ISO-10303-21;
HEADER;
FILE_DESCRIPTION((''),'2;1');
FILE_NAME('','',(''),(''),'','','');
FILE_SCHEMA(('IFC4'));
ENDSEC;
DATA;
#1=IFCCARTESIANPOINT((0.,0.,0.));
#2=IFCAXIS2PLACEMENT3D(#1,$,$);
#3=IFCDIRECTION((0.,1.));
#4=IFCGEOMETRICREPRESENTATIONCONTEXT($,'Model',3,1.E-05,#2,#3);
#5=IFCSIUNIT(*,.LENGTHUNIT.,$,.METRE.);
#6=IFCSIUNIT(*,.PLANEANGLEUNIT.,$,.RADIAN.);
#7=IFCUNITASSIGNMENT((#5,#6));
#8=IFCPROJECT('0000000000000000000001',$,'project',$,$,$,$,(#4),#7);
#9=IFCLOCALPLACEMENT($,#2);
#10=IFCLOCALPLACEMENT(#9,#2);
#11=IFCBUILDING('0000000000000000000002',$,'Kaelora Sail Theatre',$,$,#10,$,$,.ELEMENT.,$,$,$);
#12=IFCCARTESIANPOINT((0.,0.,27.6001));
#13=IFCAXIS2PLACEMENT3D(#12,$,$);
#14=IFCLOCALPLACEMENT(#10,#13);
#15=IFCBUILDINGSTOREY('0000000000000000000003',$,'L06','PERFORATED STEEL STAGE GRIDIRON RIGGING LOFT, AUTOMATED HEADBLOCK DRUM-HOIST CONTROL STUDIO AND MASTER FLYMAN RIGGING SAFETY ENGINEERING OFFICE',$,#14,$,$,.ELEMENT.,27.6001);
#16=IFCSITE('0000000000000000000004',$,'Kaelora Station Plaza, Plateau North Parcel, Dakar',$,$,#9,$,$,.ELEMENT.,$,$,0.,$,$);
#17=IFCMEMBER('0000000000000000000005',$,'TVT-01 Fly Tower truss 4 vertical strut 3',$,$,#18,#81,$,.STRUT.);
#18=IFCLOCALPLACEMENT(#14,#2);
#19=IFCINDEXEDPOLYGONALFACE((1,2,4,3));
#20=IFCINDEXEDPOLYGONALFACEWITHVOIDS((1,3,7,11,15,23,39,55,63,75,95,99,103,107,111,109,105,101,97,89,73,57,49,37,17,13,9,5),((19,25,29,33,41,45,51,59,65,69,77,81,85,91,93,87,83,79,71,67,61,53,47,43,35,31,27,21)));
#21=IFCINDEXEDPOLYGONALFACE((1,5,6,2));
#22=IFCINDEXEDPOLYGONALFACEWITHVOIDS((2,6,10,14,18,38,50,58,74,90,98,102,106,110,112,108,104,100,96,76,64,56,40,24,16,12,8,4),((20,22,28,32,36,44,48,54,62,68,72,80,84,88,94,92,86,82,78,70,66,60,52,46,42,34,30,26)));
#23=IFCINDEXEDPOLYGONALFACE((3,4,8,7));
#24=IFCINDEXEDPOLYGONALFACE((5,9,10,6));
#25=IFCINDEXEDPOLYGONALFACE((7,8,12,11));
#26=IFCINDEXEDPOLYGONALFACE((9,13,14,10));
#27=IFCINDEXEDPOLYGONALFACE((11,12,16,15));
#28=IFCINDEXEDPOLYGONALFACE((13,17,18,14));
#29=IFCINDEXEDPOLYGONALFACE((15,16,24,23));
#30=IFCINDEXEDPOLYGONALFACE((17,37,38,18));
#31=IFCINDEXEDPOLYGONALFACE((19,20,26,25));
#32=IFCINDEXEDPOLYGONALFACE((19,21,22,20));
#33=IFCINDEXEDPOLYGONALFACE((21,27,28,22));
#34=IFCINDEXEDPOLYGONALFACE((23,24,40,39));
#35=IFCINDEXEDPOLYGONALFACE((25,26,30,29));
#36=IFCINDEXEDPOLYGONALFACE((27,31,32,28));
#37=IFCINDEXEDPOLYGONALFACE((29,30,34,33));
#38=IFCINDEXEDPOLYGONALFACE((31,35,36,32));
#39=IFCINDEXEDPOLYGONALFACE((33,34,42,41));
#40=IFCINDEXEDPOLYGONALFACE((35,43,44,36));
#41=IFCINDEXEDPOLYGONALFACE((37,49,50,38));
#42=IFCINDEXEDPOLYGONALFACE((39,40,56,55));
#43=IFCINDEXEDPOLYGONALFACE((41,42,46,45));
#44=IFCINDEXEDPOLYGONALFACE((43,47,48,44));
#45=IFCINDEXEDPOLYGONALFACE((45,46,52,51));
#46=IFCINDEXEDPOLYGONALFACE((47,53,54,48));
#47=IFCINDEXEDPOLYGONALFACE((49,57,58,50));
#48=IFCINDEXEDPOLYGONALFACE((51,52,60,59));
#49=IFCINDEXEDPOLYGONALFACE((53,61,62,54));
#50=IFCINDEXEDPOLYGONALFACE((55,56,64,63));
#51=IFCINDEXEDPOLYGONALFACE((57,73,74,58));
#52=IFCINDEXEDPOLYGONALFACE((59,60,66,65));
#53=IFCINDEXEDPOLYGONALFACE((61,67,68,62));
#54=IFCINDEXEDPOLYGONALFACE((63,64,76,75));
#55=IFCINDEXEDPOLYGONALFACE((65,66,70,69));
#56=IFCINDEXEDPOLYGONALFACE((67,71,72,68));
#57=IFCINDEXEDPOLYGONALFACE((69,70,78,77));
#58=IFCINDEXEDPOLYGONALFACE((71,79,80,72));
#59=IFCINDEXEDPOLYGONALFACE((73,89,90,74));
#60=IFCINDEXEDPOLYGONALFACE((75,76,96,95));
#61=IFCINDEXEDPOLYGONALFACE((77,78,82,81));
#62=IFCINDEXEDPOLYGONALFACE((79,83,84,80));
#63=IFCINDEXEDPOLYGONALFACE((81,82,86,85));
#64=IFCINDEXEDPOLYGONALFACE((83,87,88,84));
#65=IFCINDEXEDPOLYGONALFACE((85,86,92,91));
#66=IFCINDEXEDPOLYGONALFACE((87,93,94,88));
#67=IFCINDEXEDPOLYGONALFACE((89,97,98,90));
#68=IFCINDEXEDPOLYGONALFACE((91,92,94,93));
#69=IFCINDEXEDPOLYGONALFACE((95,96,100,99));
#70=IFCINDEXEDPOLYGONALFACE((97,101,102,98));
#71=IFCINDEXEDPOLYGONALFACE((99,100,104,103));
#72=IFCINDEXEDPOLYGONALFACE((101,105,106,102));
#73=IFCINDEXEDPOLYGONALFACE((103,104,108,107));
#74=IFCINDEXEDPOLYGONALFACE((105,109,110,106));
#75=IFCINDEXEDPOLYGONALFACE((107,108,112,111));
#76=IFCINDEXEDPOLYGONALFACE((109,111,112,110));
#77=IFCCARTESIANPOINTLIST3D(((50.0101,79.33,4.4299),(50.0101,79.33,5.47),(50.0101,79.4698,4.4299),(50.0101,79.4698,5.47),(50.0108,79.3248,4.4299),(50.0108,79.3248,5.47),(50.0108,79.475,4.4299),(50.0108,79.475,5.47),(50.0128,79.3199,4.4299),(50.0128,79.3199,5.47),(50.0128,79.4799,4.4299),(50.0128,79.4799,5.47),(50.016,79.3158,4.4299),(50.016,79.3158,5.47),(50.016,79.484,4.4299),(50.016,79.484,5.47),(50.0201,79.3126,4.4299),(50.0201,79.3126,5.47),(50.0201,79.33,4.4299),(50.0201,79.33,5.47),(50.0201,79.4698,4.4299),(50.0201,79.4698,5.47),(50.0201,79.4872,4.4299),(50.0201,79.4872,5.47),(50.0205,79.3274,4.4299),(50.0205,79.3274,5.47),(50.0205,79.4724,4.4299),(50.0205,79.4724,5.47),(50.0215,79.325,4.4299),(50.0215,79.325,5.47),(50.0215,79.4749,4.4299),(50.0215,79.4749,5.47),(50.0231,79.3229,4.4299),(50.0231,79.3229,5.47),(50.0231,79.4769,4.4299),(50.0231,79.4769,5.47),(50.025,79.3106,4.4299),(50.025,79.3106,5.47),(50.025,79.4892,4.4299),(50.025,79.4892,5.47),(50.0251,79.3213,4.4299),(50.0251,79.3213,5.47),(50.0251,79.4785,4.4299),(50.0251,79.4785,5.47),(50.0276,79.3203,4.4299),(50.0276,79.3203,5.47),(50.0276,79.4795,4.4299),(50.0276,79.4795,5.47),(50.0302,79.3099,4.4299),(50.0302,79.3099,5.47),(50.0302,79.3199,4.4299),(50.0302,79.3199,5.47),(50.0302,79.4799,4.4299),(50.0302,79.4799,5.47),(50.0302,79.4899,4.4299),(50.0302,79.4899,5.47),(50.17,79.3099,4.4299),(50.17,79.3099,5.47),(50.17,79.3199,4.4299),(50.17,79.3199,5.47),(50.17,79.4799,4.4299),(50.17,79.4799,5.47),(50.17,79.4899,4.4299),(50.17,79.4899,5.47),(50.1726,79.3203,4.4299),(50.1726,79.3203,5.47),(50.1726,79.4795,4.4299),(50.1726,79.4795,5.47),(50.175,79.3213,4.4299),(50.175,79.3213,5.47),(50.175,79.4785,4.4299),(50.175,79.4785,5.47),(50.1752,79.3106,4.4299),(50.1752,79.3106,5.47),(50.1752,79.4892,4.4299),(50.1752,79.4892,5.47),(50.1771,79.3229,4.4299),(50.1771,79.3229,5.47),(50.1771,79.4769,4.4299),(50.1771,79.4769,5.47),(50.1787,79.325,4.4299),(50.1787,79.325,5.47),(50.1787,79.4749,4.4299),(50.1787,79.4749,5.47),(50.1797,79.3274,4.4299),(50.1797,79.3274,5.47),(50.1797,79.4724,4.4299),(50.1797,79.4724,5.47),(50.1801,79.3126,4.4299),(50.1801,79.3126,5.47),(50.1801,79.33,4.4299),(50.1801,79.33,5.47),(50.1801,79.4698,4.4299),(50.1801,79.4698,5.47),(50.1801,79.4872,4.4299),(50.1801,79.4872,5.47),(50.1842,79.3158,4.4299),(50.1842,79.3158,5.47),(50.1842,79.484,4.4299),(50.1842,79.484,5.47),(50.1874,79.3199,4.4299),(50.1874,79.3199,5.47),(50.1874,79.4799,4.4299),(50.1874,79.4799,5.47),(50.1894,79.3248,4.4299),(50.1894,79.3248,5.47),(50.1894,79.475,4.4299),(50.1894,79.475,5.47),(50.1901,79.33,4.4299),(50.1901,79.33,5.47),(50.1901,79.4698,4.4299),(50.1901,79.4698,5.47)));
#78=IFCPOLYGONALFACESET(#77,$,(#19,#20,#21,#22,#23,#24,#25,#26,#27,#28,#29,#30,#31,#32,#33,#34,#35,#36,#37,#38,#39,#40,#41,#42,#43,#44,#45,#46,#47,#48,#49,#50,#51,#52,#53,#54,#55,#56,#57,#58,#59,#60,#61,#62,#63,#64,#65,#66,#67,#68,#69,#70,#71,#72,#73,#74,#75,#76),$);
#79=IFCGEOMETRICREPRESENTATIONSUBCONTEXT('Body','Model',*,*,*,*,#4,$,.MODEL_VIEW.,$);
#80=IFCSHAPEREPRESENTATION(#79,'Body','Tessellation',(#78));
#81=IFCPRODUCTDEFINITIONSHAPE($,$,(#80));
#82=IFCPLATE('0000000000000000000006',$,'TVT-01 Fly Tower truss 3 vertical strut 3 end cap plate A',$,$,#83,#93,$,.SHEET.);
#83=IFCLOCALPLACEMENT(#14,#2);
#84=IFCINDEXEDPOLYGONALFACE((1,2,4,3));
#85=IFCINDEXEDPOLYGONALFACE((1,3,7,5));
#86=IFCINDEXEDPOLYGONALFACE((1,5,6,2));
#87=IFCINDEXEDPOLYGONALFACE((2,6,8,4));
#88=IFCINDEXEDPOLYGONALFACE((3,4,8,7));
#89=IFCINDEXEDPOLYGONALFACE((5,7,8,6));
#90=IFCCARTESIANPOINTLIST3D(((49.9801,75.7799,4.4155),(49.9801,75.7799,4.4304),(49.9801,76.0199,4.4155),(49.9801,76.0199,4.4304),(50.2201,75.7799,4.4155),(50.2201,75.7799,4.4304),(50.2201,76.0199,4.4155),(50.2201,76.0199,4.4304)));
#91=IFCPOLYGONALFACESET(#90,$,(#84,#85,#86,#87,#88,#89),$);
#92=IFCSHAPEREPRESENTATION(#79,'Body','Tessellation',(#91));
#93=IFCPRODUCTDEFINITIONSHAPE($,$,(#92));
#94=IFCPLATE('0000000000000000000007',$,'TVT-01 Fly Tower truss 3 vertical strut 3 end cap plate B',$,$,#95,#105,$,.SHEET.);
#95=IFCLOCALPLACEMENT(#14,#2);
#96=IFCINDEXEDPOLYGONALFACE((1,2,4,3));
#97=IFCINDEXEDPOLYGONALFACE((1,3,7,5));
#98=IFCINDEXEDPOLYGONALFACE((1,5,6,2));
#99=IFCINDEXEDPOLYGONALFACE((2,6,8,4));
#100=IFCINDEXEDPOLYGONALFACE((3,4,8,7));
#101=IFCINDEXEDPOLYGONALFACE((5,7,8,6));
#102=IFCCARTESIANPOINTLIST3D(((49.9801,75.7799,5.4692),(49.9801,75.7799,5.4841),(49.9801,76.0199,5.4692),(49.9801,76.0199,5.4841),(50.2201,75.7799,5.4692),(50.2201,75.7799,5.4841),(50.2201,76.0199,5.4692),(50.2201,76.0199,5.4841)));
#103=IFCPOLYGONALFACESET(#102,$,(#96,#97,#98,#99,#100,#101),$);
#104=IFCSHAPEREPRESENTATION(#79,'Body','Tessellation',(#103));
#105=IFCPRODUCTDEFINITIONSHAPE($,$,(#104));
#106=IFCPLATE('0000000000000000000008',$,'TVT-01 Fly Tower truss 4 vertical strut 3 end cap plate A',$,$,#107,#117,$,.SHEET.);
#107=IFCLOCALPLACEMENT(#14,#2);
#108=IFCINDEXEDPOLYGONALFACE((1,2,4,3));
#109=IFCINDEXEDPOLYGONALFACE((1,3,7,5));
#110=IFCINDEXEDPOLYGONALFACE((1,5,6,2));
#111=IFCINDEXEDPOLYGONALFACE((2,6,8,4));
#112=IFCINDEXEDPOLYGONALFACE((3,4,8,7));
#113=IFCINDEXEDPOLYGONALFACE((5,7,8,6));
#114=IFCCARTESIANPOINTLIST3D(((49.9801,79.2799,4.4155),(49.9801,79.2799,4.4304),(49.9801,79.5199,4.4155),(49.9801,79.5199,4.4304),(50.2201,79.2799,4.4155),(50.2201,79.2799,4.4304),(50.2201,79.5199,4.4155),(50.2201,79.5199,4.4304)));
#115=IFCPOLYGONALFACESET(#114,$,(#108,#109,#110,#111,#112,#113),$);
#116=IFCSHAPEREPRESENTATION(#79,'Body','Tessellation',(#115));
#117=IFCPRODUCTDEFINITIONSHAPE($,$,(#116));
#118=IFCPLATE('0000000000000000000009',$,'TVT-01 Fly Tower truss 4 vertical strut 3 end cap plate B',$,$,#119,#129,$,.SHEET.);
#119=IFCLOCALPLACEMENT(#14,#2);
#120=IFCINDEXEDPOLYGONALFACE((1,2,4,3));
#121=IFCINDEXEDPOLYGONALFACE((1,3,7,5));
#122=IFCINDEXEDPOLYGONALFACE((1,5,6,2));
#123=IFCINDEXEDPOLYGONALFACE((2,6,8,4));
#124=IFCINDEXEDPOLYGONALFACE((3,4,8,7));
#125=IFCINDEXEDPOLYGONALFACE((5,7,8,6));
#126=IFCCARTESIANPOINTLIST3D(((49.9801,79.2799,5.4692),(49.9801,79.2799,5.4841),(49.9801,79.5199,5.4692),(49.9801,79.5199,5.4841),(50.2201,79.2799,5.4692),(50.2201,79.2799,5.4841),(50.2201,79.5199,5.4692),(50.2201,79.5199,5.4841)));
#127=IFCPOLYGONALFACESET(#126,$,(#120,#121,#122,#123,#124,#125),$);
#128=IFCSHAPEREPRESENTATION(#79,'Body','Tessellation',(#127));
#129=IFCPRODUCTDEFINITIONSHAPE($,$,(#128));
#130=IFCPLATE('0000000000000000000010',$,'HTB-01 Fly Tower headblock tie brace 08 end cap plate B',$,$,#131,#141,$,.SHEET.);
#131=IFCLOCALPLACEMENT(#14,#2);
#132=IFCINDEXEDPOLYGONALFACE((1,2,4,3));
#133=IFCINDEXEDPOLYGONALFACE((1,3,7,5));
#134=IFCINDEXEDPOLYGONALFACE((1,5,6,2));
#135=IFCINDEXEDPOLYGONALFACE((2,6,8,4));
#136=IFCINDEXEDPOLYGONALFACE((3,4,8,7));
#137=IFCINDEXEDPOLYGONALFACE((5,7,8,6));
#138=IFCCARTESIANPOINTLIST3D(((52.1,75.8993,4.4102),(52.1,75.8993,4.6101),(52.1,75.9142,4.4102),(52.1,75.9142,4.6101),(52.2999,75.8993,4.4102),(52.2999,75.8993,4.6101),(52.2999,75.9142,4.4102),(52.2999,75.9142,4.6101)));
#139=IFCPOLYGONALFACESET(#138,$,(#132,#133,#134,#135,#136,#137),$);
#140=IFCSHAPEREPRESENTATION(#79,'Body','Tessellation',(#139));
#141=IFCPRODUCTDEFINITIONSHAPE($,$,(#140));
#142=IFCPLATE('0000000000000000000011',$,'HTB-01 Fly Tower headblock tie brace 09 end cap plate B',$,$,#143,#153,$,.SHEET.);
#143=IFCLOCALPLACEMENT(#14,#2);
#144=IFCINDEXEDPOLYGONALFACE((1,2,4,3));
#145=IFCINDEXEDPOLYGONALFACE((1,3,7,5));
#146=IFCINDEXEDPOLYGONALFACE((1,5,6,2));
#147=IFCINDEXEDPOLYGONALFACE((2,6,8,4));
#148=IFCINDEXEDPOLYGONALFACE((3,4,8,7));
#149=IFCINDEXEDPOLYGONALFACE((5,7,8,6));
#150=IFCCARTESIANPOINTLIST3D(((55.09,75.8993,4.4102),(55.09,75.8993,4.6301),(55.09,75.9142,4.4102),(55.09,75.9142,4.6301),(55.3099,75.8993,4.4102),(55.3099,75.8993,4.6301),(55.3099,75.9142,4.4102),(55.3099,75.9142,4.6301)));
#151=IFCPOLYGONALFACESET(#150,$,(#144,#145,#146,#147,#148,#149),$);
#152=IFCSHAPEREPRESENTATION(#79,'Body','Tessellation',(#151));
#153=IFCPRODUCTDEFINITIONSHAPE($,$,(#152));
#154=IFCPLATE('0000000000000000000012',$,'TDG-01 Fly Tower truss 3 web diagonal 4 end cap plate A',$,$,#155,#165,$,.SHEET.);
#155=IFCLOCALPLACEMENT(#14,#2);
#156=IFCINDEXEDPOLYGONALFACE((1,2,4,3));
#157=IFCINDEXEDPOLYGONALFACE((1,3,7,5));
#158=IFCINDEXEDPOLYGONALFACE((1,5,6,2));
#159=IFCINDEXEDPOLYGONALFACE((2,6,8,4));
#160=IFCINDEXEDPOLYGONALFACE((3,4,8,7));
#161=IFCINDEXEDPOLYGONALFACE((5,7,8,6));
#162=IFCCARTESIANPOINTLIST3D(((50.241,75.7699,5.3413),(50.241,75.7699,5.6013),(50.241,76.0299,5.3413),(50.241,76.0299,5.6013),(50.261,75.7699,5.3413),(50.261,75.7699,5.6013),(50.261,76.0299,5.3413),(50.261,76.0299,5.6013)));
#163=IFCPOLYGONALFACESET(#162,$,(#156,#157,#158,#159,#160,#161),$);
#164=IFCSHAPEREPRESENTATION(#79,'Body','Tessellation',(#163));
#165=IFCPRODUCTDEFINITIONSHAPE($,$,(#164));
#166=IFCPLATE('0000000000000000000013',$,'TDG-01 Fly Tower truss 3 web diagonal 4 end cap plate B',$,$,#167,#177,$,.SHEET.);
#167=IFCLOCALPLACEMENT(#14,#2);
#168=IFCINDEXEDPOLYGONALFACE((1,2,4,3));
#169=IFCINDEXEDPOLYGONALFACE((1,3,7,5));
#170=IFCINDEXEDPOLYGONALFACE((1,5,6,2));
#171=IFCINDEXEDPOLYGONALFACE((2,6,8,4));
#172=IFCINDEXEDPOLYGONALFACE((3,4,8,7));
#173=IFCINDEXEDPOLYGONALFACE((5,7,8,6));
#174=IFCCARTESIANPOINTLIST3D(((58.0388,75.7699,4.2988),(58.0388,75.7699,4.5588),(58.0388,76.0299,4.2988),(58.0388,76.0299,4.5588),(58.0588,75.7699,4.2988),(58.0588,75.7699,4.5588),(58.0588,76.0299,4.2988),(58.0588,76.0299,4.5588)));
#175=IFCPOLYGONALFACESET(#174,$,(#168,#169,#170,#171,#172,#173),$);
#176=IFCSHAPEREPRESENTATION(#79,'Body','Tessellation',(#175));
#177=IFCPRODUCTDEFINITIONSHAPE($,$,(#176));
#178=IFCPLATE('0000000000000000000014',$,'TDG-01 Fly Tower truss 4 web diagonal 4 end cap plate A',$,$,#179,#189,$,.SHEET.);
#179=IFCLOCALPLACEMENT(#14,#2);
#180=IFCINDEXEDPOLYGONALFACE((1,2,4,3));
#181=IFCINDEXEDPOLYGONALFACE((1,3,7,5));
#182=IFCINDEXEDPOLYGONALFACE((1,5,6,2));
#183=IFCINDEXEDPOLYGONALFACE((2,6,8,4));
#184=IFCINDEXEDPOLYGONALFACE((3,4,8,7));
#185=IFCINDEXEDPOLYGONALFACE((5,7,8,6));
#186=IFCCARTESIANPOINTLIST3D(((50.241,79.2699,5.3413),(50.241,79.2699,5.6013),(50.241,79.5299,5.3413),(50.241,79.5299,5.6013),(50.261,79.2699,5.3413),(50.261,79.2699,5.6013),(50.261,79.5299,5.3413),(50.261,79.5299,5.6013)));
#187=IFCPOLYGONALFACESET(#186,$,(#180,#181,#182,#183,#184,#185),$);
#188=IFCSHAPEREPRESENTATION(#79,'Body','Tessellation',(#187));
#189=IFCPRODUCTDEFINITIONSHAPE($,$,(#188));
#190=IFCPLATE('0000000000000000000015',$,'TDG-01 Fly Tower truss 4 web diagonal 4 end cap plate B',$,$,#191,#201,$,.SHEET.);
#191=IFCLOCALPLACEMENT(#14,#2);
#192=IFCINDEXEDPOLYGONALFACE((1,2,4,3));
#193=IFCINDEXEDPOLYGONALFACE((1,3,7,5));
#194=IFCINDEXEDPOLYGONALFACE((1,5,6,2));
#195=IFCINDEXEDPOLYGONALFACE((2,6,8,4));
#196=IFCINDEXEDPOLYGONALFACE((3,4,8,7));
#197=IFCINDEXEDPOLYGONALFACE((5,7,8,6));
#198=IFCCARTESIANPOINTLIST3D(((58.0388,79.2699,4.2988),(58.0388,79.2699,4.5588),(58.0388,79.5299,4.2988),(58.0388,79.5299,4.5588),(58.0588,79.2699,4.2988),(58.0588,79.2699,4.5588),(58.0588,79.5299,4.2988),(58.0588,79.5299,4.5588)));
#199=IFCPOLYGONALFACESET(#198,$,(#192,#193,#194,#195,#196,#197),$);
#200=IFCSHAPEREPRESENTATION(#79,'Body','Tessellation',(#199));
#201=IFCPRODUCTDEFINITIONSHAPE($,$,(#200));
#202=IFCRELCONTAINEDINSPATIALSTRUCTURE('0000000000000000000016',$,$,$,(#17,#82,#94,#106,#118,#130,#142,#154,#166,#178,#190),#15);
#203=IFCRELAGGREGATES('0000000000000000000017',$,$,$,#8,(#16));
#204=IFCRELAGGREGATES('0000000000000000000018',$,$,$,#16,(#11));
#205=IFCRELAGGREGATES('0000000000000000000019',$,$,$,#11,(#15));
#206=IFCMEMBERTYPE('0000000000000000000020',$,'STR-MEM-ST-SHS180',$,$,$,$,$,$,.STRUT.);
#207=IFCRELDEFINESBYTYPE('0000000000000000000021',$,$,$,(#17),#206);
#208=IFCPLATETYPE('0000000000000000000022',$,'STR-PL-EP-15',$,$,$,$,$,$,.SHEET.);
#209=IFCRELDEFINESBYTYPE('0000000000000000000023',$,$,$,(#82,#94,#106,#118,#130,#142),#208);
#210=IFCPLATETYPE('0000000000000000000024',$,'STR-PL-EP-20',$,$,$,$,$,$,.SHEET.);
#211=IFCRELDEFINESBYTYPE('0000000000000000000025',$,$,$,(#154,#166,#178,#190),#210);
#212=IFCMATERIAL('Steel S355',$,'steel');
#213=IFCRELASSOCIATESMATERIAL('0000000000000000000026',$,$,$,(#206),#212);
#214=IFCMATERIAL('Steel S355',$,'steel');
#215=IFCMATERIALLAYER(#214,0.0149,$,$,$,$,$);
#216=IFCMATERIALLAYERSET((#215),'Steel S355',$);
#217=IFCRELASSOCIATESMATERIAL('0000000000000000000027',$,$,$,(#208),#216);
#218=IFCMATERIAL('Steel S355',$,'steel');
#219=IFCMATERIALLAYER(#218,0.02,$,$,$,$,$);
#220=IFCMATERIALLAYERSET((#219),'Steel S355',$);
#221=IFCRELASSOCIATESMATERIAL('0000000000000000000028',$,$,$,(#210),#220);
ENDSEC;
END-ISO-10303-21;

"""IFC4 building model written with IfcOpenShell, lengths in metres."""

from ifc_helpers import new_model, si_unit, direction, frame, origin, origin_2d, place, context, subcontext, project, spatial, rectangle, hollow_rectangle, extrude, material, layer, layer_set, material_profile, profile_set, type_object, element, save


model = new_model("IFC4")

# Units and contexts
model_context = context("Model", 3, precision=1e-05, world=origin(), true_north=direction((0.0, 1.0)))
body_context = subcontext(model_context, "Body", "Model", "MODEL_VIEW")
ifc_project = project(units=[si_unit("LENGTHUNIT", "METRE"), si_unit("PLANEANGLEUNIT", "RADIAN")], contexts=[model_context])

# Site, building, storey
site_placement = place(None, origin())
site = spatial("IfcSite", under=ifc_project, at=site_placement, Name="Kaelora Station Plaza, Plateau North Parcel, Dakar", CompositionType="ELEMENT", RefElevation=0.0)
building_placement = place(site_placement, origin())
building = spatial("IfcBuilding", under=site, at=building_placement, Name="Kaelora Sail Theatre", CompositionType="ELEMENT")
storey_placement = place(building_placement, frame((0.0, 0.0, 27.6001)))
storey = spatial("IfcBuildingStorey", under=building, at=storey_placement, Name="L06", Description="PERFORATED STEEL STAGE GRIDIRON RIGGING LOFT, AUTOMATED HEADBLOCK DRUM-HOIST CONTROL STUDIO AND MASTER FLYMAN RIGGING SAFETY ENGINEERING OFFICE", CompositionType="ELEMENT", Elevation=27.6001)

# Member
ifc_material_1 = material(Name="Steel S355", Category="steel")
ifc_material_profile_1 = material_profile(ifc_material_1, hollow_rectangle(XDim=0.1799, YDim=0.1799, WallThickness=0.01, InnerFilletRadius=0.01, OuterFilletRadius=0.02, at=origin_2d()), Name="SHS 180x180x10.0")
ifc_profile_set_1 = profile_set([ifc_material_profile_1], Name="Steel S355")
member_type_1 = type_object("IfcMemberType", Name="STR-MEM-ST-SHS180", PredefinedType="STRUT", material=ifc_profile_set_1)
member_placement = place(storey_placement, frame((50.1001, 79.3999, 4.4299), z_axis=(0.0, 0.0, 1.0), x_axis=(1.0, 0.0, 0.0)))
element("IfcMember", 1, at=member_placement, inside=storey, type_object=member_type_1, Name="TVT-01 Fly Tower truss 4 vertical strut 3", PredefinedType="STRUT", context=body_context, shape_type="SweptSolid", body=[
    extrude(hollow_rectangle(XDim=0.1799, YDim=0.1799, WallThickness=0.01, InnerFilletRadius=0.01, OuterFilletRadius=0.02, at=origin_2d()), origin(), (0.0, 0.0, 1.0), 1.04),
])

# Plates
ifc_material_2 = material(Name="Steel S355", Category="steel")
ifc_layer_1 = layer(ifc_material_2, 0.0149)
ifc_layer_set_1 = layer_set([ifc_layer_1], Name="Steel S355")
plate_type_1 = type_object("IfcPlateType", Name="STR-PL-EP-15", PredefinedType="SHEET", material=ifc_layer_set_1)
for number, where, z_axis, x_axis, name in (
    (2, (50.1001, 75.8999, 4.4155), (0.0, 0.0, 1.0), (1.0, 0.0, 0.0), "TVT-01 Fly Tower truss 3 vertical strut 3 end cap plate A"),
    (3, (50.1001, 75.8999, 5.4692), (0.0, 0.0, 1.0), (1.0, 0.0, 0.0), "TVT-01 Fly Tower truss 3 vertical strut 3 end cap plate B"),
    (4, (50.1001, 79.3999, 4.4155), (0.0, 0.0, 1.0), (1.0, 0.0, 0.0), "TVT-01 Fly Tower truss 4 vertical strut 3 end cap plate A"),
    (5, (50.1001, 79.3999, 5.4692), (0.0, 0.0, 1.0), (1.0, 0.0, 0.0), "TVT-01 Fly Tower truss 4 vertical strut 3 end cap plate B"),
):
    element("IfcPlate", number, at=place(storey_placement, frame(where, z_axis=z_axis, x_axis=x_axis)), inside=storey, type_object=plate_type_1, Name=name, PredefinedType="SHEET", context=body_context, shape_type="SweptSolid", body=[
        extrude(rectangle(XDim=0.24, YDim=0.24, at=origin_2d()), origin(), (0.0, 0.0, 1.0), 0.0149),
    ])
plate_1_placement = place(storey_placement, frame((52.2, 75.9067, 4.4102), z_axis=(0.0, 0.0, 1.0), x_axis=(0.0, 1.0, 0.0)))
element("IfcPlate", 6, at=plate_1_placement, inside=storey, type_object=plate_type_1, Name="HTB-01 Fly Tower headblock tie brace 08 end cap plate B", PredefinedType="SHEET", context=body_context, shape_type="SweptSolid", body=[
    extrude(rectangle(XDim=0.0149, YDim=0.2, at=origin_2d()), origin(), (0.0, 0.0, 1.0), 0.2),
])
plate_2_placement = place(storey_placement, frame((55.2, 75.9067, 4.4102), z_axis=(0.0, 0.0, 1.0), x_axis=(0.0, 1.0, 0.0)))
element("IfcPlate", 7, at=plate_2_placement, inside=storey, type_object=plate_type_1, Name="HTB-01 Fly Tower headblock tie brace 09 end cap plate B", PredefinedType="SHEET", context=body_context, shape_type="SweptSolid", body=[
    extrude(rectangle(XDim=0.0149, YDim=0.22, at=origin_2d()), origin(), (0.0, 0.0, 1.0), 0.22),
])
ifc_material_3 = material(Name="Steel S355", Category="steel")
ifc_layer_2 = layer(ifc_material_3, 0.02)
ifc_layer_set_2 = layer_set([ifc_layer_2], Name="Steel S355")
plate_type_2 = type_object("IfcPlateType", Name="STR-PL-EP-20", PredefinedType="SHEET", material=ifc_layer_set_2)
for number, where, z_axis, x_axis, name in (
    (8, (50.251, 75.8999, 5.3413), (0.0, 0.0, 1.0), (1.0, 0.0, 0.0), "TDG-01 Fly Tower truss 3 web diagonal 4 end cap plate A"),
    (9, (58.0488, 75.8999, 4.2988), (0.0, 0.0, 1.0), (1.0, 0.0, 0.0), "TDG-01 Fly Tower truss 3 web diagonal 4 end cap plate B"),
    (10, (50.251, 79.3999, 5.3413), (0.0, 0.0, 1.0), (1.0, 0.0, 0.0), "TDG-01 Fly Tower truss 4 web diagonal 4 end cap plate A"),
    (11, (58.0488, 79.3999, 4.2988), (0.0, 0.0, 1.0), (1.0, 0.0, 0.0), "TDG-01 Fly Tower truss 4 web diagonal 4 end cap plate B"),
):
    element("IfcPlate", number, at=place(storey_placement, frame(where, z_axis=z_axis, x_axis=x_axis)), inside=storey, type_object=plate_type_2, Name=name, PredefinedType="SHEET", context=body_context, shape_type="SweptSolid", body=[
        extrude(rectangle(XDim=0.02, YDim=0.26, at=origin_2d()), origin(), (0.0, 0.0, 1.0), 0.26),
    ])

save(model, "model.ifc")
